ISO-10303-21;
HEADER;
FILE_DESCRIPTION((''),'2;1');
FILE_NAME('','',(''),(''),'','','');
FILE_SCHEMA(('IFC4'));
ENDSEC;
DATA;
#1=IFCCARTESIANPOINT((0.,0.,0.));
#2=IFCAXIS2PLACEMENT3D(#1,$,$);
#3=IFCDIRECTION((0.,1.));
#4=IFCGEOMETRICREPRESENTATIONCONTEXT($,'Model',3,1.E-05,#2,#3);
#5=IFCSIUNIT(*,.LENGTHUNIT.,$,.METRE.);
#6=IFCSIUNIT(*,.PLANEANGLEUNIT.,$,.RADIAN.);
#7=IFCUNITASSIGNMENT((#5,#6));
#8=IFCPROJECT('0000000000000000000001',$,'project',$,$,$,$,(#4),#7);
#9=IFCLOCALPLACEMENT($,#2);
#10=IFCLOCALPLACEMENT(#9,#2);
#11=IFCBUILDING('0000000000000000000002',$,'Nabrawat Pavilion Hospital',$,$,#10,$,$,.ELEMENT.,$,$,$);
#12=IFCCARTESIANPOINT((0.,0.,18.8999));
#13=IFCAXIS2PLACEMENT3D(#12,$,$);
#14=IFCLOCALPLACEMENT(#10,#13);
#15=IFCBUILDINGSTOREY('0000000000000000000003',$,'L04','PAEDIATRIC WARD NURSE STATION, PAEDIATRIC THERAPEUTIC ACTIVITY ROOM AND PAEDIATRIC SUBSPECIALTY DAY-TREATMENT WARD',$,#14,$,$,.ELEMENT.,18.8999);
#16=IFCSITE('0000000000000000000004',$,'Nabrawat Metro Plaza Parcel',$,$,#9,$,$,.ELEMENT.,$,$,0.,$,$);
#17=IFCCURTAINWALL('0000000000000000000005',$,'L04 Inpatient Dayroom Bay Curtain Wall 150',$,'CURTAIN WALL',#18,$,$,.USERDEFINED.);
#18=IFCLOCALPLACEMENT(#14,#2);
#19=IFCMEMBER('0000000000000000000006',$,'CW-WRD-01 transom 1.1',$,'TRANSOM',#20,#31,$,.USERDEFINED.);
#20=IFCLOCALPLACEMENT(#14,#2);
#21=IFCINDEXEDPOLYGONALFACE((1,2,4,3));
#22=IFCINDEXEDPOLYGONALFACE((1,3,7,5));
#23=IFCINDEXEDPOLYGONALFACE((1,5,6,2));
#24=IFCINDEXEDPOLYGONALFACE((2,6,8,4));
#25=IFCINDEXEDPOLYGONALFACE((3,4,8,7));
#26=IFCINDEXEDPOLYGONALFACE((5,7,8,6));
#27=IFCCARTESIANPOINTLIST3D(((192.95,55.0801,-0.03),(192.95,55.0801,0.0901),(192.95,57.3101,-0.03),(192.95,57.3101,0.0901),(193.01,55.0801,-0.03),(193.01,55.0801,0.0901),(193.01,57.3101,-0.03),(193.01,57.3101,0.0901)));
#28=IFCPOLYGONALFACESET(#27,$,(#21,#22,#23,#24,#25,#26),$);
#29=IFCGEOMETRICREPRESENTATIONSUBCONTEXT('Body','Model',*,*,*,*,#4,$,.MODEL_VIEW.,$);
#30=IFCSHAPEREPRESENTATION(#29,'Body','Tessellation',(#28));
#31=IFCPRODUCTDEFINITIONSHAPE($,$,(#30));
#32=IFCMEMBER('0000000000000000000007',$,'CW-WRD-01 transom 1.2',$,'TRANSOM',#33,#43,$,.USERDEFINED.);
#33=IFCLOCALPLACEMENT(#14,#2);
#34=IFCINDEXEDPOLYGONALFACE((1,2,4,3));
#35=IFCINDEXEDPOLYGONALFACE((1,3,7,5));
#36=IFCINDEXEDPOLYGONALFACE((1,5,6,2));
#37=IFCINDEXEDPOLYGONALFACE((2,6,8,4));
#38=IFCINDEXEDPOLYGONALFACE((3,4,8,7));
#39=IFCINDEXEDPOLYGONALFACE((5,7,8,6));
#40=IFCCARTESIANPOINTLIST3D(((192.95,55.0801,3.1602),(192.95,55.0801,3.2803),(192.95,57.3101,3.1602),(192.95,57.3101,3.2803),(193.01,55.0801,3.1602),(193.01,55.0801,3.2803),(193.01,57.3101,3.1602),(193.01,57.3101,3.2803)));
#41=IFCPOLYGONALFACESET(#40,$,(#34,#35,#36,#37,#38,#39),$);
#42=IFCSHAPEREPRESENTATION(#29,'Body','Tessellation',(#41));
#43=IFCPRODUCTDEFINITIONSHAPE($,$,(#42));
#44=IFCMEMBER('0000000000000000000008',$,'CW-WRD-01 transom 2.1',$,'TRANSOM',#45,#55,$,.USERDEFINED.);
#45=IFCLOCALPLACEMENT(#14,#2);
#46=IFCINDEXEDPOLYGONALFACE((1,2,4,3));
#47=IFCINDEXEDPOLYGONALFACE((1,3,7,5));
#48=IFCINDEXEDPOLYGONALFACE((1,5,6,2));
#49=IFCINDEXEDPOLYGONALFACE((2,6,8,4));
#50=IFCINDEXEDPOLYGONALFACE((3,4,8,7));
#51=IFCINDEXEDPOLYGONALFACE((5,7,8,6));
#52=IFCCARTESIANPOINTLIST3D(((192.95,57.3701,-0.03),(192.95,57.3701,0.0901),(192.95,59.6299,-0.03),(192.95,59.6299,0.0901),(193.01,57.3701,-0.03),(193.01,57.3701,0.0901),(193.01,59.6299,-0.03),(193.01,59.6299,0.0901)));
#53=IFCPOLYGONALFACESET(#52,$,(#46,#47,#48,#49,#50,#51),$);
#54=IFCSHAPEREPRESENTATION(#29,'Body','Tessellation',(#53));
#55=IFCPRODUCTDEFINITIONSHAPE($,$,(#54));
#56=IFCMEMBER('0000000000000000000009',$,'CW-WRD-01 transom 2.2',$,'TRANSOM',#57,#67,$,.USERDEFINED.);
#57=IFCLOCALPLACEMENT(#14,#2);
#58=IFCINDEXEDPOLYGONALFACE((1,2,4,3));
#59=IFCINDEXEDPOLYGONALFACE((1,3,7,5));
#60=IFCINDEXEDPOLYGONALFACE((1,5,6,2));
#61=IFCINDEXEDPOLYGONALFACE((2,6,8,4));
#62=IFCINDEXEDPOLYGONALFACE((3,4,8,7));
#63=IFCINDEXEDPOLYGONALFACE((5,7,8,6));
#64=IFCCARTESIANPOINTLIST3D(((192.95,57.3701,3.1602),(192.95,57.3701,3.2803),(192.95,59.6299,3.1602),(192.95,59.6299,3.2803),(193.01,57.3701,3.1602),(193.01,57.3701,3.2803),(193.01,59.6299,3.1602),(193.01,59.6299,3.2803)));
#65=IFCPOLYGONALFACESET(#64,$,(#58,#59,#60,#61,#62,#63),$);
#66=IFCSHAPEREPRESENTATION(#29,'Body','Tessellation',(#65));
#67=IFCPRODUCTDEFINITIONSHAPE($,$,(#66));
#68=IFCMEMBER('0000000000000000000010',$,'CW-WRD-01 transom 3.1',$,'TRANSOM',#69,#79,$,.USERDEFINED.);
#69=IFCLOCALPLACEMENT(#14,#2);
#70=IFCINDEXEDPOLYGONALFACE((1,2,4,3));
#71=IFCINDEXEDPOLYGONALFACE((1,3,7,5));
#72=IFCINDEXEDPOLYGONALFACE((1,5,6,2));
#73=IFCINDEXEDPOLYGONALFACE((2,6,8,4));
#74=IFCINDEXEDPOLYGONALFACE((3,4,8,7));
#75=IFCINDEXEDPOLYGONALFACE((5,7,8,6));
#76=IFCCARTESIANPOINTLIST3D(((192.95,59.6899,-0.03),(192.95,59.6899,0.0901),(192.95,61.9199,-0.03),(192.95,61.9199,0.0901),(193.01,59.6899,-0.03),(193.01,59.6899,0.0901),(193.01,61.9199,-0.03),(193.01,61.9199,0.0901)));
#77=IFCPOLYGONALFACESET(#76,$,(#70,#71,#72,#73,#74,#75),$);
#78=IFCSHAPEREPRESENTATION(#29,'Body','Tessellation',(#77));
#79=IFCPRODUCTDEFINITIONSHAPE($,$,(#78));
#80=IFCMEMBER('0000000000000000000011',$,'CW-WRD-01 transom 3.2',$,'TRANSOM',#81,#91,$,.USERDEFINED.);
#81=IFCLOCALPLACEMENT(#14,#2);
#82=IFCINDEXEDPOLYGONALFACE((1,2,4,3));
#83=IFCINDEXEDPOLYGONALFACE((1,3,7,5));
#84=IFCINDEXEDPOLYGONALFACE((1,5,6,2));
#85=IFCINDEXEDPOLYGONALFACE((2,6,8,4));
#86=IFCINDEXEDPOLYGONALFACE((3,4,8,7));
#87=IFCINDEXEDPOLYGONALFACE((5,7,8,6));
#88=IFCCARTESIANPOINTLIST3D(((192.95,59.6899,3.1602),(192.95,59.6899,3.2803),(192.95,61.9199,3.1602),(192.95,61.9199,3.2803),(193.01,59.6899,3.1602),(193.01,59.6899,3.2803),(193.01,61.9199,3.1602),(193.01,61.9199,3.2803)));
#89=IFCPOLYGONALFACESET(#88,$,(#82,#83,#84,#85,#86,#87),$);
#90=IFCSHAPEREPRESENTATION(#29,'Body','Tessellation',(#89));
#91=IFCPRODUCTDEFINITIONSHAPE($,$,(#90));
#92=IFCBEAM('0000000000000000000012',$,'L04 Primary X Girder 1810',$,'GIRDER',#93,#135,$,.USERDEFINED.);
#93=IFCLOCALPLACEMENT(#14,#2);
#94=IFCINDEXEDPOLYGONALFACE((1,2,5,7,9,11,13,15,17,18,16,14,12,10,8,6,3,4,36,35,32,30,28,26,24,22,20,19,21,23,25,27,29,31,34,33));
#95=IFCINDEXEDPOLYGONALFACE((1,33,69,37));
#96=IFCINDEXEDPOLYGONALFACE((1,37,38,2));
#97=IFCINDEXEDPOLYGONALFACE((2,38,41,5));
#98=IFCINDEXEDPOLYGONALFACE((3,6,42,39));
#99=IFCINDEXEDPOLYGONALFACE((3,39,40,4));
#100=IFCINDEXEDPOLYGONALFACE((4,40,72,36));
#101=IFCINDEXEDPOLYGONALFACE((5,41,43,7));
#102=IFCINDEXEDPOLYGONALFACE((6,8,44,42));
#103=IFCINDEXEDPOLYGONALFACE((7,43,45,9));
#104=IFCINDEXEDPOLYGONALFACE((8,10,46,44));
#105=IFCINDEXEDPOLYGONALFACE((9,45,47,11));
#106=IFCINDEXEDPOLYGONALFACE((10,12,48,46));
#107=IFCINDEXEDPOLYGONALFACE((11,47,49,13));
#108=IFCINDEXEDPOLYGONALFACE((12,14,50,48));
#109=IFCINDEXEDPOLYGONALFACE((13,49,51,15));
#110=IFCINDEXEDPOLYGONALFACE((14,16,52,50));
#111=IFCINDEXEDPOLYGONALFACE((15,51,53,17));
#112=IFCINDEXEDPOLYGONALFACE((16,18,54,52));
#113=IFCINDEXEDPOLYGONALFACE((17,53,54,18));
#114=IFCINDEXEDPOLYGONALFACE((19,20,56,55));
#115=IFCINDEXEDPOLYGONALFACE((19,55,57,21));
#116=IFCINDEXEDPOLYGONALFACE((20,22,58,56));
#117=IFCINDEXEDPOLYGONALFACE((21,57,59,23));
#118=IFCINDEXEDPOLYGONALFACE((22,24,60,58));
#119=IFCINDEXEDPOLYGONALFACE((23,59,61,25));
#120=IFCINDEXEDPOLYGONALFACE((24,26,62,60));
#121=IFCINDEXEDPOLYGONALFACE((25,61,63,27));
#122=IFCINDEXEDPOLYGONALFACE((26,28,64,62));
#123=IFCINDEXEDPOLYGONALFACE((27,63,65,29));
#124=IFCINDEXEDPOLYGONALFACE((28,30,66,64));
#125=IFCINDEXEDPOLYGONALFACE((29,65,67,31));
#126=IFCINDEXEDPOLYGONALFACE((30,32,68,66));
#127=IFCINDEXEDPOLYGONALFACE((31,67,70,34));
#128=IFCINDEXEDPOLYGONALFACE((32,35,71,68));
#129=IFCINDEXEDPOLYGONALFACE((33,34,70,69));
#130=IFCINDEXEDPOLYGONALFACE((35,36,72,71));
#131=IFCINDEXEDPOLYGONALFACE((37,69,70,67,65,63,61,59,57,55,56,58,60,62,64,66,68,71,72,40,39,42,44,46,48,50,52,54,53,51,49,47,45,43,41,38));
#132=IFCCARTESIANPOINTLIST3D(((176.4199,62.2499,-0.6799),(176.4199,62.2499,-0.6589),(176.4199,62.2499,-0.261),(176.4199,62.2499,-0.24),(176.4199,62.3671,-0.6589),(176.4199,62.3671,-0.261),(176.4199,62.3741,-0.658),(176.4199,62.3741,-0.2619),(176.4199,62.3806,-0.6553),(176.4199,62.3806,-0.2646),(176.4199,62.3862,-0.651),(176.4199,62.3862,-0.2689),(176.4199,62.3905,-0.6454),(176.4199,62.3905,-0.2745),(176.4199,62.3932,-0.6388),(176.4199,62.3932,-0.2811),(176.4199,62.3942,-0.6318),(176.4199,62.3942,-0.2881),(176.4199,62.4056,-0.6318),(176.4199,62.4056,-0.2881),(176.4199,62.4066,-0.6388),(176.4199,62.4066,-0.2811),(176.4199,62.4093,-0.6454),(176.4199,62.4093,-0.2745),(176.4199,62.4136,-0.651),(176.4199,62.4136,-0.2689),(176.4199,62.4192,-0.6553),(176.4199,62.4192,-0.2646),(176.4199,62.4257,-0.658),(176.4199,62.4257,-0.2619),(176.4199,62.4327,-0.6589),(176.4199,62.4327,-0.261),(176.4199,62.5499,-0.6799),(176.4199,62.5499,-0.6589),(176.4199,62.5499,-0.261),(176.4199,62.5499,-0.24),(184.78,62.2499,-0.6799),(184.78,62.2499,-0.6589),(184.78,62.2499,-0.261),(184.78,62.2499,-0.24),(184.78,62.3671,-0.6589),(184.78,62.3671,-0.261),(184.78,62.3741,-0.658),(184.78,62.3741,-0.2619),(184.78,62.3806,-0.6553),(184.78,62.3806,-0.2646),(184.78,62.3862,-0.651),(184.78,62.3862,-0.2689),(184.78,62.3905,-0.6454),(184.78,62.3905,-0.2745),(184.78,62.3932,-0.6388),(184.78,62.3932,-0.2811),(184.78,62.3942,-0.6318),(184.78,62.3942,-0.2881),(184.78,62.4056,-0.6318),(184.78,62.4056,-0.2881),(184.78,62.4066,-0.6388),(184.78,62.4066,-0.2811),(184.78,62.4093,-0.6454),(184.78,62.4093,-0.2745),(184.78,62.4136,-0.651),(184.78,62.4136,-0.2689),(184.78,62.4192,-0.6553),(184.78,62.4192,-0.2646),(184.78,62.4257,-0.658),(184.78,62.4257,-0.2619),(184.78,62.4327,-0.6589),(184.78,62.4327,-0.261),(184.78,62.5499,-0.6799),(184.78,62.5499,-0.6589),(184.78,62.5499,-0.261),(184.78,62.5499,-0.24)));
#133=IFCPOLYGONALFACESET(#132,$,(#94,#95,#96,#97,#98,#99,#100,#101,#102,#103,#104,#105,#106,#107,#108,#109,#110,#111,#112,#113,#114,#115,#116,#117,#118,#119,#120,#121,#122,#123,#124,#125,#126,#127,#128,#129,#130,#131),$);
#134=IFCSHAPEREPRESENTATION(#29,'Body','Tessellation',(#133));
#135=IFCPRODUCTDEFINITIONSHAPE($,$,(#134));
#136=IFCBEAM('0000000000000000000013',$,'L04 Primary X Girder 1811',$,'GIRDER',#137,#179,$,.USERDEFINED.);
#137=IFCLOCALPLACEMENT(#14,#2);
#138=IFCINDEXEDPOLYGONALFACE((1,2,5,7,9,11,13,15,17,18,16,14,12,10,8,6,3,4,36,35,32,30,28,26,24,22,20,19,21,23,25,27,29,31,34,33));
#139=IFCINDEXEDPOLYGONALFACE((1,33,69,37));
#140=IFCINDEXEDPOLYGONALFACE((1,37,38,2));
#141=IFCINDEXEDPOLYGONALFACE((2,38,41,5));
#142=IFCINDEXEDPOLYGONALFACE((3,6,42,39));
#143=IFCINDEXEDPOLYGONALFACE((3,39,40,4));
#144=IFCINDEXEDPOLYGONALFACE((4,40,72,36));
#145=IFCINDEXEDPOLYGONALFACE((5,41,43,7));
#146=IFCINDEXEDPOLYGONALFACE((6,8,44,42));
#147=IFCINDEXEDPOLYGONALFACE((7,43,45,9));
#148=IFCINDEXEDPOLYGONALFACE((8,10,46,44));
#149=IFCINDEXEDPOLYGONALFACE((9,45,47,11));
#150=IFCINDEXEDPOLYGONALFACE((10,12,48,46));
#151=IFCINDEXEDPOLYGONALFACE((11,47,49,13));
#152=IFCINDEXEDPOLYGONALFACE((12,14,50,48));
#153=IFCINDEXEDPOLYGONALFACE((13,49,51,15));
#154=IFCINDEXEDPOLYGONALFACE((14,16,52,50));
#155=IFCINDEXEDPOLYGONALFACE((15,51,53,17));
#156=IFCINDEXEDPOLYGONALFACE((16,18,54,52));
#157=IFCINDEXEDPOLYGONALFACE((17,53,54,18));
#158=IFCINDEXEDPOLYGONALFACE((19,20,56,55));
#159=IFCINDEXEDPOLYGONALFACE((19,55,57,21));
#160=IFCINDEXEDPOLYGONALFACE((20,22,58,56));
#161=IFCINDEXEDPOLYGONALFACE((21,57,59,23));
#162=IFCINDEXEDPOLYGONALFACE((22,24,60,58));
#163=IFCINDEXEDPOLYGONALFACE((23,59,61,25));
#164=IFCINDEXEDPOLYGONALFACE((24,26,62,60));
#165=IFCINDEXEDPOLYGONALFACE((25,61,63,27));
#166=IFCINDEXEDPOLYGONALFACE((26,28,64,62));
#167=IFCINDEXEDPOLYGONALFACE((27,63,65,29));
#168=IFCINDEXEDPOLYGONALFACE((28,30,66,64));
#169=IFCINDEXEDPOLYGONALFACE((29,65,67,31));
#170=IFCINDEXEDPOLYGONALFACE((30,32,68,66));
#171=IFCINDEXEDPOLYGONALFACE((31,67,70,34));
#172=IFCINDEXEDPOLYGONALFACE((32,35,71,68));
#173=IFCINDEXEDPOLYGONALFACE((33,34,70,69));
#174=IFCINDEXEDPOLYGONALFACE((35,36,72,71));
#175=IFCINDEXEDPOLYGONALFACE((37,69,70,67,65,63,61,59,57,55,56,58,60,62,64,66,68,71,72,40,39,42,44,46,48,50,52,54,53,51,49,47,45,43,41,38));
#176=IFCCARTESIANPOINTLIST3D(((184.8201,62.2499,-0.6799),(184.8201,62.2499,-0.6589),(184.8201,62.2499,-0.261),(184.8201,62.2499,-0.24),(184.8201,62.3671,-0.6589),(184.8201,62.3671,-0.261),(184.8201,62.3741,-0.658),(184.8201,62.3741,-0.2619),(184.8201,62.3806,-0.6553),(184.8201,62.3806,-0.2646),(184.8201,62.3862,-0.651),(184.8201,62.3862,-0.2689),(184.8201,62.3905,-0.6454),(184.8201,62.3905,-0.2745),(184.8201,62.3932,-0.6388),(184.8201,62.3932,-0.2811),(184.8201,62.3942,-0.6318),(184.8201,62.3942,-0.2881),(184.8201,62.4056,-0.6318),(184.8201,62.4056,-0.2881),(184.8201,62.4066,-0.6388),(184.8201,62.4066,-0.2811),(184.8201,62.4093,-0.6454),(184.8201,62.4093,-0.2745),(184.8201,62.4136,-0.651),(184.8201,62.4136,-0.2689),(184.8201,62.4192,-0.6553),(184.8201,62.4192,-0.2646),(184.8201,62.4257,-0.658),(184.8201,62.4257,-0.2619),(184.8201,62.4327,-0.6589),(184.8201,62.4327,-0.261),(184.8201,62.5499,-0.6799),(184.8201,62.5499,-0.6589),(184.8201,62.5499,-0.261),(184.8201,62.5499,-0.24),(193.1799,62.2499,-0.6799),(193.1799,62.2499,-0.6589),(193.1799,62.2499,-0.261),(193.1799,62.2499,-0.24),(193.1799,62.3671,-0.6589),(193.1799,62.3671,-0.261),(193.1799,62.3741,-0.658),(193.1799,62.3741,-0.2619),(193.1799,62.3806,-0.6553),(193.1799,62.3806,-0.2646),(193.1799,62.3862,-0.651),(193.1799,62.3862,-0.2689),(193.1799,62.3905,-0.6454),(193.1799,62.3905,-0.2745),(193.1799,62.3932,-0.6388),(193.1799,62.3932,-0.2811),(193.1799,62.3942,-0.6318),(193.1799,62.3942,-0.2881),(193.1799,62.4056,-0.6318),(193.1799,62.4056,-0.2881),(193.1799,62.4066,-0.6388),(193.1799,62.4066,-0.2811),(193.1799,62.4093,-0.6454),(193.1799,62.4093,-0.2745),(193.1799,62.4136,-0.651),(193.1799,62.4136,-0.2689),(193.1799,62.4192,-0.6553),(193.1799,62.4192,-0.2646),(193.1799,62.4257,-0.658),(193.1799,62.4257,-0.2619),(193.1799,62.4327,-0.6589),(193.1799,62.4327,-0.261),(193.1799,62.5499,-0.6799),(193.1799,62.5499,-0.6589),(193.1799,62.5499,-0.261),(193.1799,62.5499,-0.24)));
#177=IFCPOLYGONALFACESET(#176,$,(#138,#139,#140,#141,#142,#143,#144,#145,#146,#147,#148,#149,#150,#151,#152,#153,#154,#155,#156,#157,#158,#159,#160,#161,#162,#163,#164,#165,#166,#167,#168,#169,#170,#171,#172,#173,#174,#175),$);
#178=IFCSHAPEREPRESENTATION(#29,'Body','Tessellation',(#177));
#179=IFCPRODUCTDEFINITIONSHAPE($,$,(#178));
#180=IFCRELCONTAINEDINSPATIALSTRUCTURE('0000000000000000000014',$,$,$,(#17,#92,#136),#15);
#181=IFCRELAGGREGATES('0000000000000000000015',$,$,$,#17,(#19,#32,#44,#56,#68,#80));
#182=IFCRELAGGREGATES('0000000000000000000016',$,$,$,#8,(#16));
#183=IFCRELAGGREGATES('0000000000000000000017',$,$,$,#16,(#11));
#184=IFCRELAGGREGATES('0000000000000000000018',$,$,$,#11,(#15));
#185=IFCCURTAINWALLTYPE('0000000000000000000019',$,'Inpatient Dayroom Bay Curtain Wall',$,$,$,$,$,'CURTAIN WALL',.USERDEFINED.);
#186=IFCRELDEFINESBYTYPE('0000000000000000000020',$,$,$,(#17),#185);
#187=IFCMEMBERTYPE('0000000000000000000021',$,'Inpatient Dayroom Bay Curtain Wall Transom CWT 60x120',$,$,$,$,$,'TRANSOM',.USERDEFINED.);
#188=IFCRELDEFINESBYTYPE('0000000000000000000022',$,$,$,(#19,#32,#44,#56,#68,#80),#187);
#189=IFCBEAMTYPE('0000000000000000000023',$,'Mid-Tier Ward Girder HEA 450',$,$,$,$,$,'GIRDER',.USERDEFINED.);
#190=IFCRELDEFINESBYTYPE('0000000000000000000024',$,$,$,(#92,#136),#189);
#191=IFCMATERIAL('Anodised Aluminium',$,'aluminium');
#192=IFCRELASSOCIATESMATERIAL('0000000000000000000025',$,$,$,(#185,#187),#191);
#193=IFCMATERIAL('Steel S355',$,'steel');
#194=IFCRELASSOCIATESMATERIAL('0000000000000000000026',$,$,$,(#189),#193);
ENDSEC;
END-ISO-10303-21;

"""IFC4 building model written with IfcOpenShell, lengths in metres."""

from ifc_helpers import new_model, si_unit, direction, frame, origin, origin_2d, place, context, subcontext, project, spatial, rectangle, i_section, extrude, material, material_profile, profile_set, type_object, element, aggregate, save


model = new_model("IFC4")

# Units and contexts
model_context = context("Model", 3, precision=1e-05, world=origin(), true_north=direction((0.0, 1.0)))
body_context = subcontext(model_context, "Body", "Model", "MODEL_VIEW")
ifc_project = project(units=[si_unit("LENGTHUNIT", "METRE"), si_unit("PLANEANGLEUNIT", "RADIAN")], contexts=[model_context])

# Site, building, storey
site_placement = place(None, origin())
site = spatial("IfcSite", under=ifc_project, at=site_placement, Name="Nabrawat Metro Plaza Parcel", CompositionType="ELEMENT", RefElevation=0.0)
building_placement = place(site_placement, origin())
building = spatial("IfcBuilding", under=site, at=building_placement, Name="Nabrawat Pavilion Hospital", CompositionType="ELEMENT")
storey_placement = place(building_placement, frame((0.0, 0.0, 18.8999)))
storey = spatial("IfcBuildingStorey", under=building, at=storey_placement, Name="L04", Description="PAEDIATRIC WARD NURSE STATION, PAEDIATRIC THERAPEUTIC ACTIVITY ROOM AND PAEDIATRIC SUBSPECIALTY DAY-TREATMENT WARD", CompositionType="ELEMENT", Elevation=18.8999)

# Shared definitions
ifc_material_1 = material(Name="Steel S355", Category="steel")

# Curtain wall, members
ifc_material_2 = material(Name="Anodised Aluminium", Category="aluminium")
curtain_wall_type = type_object("IfcCurtainWallType", Name="Inpatient Dayroom Bay Curtain Wall", ElementType="CURTAIN WALL", PredefinedType="USERDEFINED", material=ifc_material_2)
curtain_wall_placement = place(storey_placement, origin())
curtain_wall = element("IfcCurtainWall", 1, at=curtain_wall_placement, inside=storey, type_object=curtain_wall_type, Name="L04 Inpatient Dayroom Bay Curtain Wall 150", ObjectType="CURTAIN WALL", PredefinedType="USERDEFINED")
ifc_material_profile_1 = material_profile(ifc_material_2, rectangle(XDim=0.0601, YDim=0.1201, at=origin_2d()), Name="CWT 60x120")
ifc_profile_set_1 = profile_set([ifc_material_profile_1], Name="Anodised Aluminium")
member_type_1 = type_object("IfcMemberType", Name="Inpatient Dayroom Bay Curtain Wall Transom CWT 60x120", ElementType="TRANSOM", PredefinedType="USERDEFINED", material=ifc_profile_set_1)
member_1_placement = place(storey_placement, frame((192.98, 55.0801, 0.03), z_axis=(0.0, 1.0, 0.0), x_axis=(-1.0, 0.0, 0.0)))
member_1 = element("IfcMember", 2, at=member_1_placement, type_object=member_type_1, Name="CW-WRD-01 transom 1.1", ObjectType="TRANSOM", PredefinedType="USERDEFINED", context=body_context, shape_type="SweptSolid", body=[
    extrude(rectangle(XDim=0.0601, YDim=0.1201, at=origin_2d()), origin(), (0.0, 0.0, 1.0), 2.23),
])
member_2_placement = place(storey_placement, frame((192.98, 55.0801, 3.2202), z_axis=(0.0, 1.0, 0.0), x_axis=(-1.0, 0.0, 0.0)))
member_2 = element("IfcMember", 3, at=member_2_placement, type_object=member_type_1, Name="CW-WRD-01 transom 1.2", ObjectType="TRANSOM", PredefinedType="USERDEFINED", context=body_context, shape_type="SweptSolid", body=[
    extrude(rectangle(XDim=0.0601, YDim=0.1201, at=origin_2d()), origin(), (0.0, 0.0, 1.0), 2.23),
])
member_3_placement = place(storey_placement, frame((192.98, 57.3701, 0.03), z_axis=(0.0, 1.0, 0.0), x_axis=(-1.0, 0.0, 0.0)))
member_3 = element("IfcMember", 4, at=member_3_placement, type_object=member_type_1, Name="CW-WRD-01 transom 2.1", ObjectType="TRANSOM", PredefinedType="USERDEFINED", context=body_context, shape_type="SweptSolid", body=[
    extrude(rectangle(XDim=0.0601, YDim=0.1201, at=origin_2d()), origin(), (0.0, 0.0, 1.0), 2.2598),
])
member_4_placement = place(storey_placement, frame((192.98, 57.3701, 3.2202), z_axis=(0.0, 1.0, 0.0), x_axis=(-1.0, 0.0, 0.0)))
member_4 = element("IfcMember", 5, at=member_4_placement, type_object=member_type_1, Name="CW-WRD-01 transom 2.2", ObjectType="TRANSOM", PredefinedType="USERDEFINED", context=body_context, shape_type="SweptSolid", body=[
    extrude(rectangle(XDim=0.0601, YDim=0.1201, at=origin_2d()), origin(), (0.0, 0.0, 1.0), 2.2598),
])
member_5_placement = place(storey_placement, frame((192.98, 59.6899, 0.03), z_axis=(0.0, 1.0, 0.0), x_axis=(-1.0, 0.0, 0.0)))
member_5 = element("IfcMember", 6, at=member_5_placement, type_object=member_type_1, Name="CW-WRD-01 transom 3.1", ObjectType="TRANSOM", PredefinedType="USERDEFINED", context=body_context, shape_type="SweptSolid", body=[
    extrude(rectangle(XDim=0.0601, YDim=0.1201, at=origin_2d()), origin(), (0.0, 0.0, 1.0), 2.23),
])
member_6_placement = place(storey_placement, frame((192.98, 59.6899, 3.2202), z_axis=(0.0, 1.0, 0.0), x_axis=(-1.0, 0.0, 0.0)))
member_6 = element("IfcMember", 7, at=member_6_placement, type_object=member_type_1, Name="CW-WRD-01 transom 3.2", ObjectType="TRANSOM", PredefinedType="USERDEFINED", context=body_context, shape_type="SweptSolid", body=[
    extrude(rectangle(XDim=0.0601, YDim=0.1201, at=origin_2d()), origin(), (0.0, 0.0, 1.0), 2.23),
])

# Beams
ifc_material_profile_2 = material_profile(ifc_material_1, i_section(OverallWidth=0.3, OverallDepth=0.4399, WebThickness=0.0115, FlangeThickness=0.021, FilletRadius=0.0271, at=origin_2d()), Name="HEA 450")
ifc_profile_set_2 = profile_set([ifc_material_profile_2], Name="Steel S355")
beam_type_1 = type_object("IfcBeamType", Name="Mid-Tier Ward Girder HEA 450", ElementType="GIRDER", PredefinedType="USERDEFINED", material=ifc_profile_set_2)
beam_1_placement = place(storey_placement, frame((176.4199, 62.3999, -0.46), z_axis=(1.0, 0.0, 0.0), x_axis=(0.0, 1.0, 0.0)))
element("IfcBeam", 8, at=beam_1_placement, inside=storey, type_object=beam_type_1, Name="L04 Primary X Girder 1810", ObjectType="GIRDER", PredefinedType="USERDEFINED", context=body_context, shape_type="SweptSolid", body=[
    extrude(i_section(OverallWidth=0.3, OverallDepth=0.4399, WebThickness=0.0115, FlangeThickness=0.021, FilletRadius=0.0271, at=origin_2d()), origin(), (0.0, 0.0, 1.0), 8.3601),
])
beam_2_placement = place(storey_placement, frame((184.8201, 62.3999, -0.46), z_axis=(1.0, 0.0, 0.0), x_axis=(0.0, 1.0, 0.0)))
element("IfcBeam", 9, at=beam_2_placement, inside=storey, type_object=beam_type_1, Name="L04 Primary X Girder 1811", ObjectType="GIRDER", PredefinedType="USERDEFINED", context=body_context, shape_type="SweptSolid", body=[
    extrude(i_section(OverallWidth=0.3, OverallDepth=0.4399, WebThickness=0.0115, FlangeThickness=0.021, FilletRadius=0.0271, at=origin_2d()), origin(), (0.0, 0.0, 1.0), 8.3599),
])

aggregate(curtain_wall, [member_1, member_2, member_3, member_4, member_5, member_6])

save(model, "model.ifc")
